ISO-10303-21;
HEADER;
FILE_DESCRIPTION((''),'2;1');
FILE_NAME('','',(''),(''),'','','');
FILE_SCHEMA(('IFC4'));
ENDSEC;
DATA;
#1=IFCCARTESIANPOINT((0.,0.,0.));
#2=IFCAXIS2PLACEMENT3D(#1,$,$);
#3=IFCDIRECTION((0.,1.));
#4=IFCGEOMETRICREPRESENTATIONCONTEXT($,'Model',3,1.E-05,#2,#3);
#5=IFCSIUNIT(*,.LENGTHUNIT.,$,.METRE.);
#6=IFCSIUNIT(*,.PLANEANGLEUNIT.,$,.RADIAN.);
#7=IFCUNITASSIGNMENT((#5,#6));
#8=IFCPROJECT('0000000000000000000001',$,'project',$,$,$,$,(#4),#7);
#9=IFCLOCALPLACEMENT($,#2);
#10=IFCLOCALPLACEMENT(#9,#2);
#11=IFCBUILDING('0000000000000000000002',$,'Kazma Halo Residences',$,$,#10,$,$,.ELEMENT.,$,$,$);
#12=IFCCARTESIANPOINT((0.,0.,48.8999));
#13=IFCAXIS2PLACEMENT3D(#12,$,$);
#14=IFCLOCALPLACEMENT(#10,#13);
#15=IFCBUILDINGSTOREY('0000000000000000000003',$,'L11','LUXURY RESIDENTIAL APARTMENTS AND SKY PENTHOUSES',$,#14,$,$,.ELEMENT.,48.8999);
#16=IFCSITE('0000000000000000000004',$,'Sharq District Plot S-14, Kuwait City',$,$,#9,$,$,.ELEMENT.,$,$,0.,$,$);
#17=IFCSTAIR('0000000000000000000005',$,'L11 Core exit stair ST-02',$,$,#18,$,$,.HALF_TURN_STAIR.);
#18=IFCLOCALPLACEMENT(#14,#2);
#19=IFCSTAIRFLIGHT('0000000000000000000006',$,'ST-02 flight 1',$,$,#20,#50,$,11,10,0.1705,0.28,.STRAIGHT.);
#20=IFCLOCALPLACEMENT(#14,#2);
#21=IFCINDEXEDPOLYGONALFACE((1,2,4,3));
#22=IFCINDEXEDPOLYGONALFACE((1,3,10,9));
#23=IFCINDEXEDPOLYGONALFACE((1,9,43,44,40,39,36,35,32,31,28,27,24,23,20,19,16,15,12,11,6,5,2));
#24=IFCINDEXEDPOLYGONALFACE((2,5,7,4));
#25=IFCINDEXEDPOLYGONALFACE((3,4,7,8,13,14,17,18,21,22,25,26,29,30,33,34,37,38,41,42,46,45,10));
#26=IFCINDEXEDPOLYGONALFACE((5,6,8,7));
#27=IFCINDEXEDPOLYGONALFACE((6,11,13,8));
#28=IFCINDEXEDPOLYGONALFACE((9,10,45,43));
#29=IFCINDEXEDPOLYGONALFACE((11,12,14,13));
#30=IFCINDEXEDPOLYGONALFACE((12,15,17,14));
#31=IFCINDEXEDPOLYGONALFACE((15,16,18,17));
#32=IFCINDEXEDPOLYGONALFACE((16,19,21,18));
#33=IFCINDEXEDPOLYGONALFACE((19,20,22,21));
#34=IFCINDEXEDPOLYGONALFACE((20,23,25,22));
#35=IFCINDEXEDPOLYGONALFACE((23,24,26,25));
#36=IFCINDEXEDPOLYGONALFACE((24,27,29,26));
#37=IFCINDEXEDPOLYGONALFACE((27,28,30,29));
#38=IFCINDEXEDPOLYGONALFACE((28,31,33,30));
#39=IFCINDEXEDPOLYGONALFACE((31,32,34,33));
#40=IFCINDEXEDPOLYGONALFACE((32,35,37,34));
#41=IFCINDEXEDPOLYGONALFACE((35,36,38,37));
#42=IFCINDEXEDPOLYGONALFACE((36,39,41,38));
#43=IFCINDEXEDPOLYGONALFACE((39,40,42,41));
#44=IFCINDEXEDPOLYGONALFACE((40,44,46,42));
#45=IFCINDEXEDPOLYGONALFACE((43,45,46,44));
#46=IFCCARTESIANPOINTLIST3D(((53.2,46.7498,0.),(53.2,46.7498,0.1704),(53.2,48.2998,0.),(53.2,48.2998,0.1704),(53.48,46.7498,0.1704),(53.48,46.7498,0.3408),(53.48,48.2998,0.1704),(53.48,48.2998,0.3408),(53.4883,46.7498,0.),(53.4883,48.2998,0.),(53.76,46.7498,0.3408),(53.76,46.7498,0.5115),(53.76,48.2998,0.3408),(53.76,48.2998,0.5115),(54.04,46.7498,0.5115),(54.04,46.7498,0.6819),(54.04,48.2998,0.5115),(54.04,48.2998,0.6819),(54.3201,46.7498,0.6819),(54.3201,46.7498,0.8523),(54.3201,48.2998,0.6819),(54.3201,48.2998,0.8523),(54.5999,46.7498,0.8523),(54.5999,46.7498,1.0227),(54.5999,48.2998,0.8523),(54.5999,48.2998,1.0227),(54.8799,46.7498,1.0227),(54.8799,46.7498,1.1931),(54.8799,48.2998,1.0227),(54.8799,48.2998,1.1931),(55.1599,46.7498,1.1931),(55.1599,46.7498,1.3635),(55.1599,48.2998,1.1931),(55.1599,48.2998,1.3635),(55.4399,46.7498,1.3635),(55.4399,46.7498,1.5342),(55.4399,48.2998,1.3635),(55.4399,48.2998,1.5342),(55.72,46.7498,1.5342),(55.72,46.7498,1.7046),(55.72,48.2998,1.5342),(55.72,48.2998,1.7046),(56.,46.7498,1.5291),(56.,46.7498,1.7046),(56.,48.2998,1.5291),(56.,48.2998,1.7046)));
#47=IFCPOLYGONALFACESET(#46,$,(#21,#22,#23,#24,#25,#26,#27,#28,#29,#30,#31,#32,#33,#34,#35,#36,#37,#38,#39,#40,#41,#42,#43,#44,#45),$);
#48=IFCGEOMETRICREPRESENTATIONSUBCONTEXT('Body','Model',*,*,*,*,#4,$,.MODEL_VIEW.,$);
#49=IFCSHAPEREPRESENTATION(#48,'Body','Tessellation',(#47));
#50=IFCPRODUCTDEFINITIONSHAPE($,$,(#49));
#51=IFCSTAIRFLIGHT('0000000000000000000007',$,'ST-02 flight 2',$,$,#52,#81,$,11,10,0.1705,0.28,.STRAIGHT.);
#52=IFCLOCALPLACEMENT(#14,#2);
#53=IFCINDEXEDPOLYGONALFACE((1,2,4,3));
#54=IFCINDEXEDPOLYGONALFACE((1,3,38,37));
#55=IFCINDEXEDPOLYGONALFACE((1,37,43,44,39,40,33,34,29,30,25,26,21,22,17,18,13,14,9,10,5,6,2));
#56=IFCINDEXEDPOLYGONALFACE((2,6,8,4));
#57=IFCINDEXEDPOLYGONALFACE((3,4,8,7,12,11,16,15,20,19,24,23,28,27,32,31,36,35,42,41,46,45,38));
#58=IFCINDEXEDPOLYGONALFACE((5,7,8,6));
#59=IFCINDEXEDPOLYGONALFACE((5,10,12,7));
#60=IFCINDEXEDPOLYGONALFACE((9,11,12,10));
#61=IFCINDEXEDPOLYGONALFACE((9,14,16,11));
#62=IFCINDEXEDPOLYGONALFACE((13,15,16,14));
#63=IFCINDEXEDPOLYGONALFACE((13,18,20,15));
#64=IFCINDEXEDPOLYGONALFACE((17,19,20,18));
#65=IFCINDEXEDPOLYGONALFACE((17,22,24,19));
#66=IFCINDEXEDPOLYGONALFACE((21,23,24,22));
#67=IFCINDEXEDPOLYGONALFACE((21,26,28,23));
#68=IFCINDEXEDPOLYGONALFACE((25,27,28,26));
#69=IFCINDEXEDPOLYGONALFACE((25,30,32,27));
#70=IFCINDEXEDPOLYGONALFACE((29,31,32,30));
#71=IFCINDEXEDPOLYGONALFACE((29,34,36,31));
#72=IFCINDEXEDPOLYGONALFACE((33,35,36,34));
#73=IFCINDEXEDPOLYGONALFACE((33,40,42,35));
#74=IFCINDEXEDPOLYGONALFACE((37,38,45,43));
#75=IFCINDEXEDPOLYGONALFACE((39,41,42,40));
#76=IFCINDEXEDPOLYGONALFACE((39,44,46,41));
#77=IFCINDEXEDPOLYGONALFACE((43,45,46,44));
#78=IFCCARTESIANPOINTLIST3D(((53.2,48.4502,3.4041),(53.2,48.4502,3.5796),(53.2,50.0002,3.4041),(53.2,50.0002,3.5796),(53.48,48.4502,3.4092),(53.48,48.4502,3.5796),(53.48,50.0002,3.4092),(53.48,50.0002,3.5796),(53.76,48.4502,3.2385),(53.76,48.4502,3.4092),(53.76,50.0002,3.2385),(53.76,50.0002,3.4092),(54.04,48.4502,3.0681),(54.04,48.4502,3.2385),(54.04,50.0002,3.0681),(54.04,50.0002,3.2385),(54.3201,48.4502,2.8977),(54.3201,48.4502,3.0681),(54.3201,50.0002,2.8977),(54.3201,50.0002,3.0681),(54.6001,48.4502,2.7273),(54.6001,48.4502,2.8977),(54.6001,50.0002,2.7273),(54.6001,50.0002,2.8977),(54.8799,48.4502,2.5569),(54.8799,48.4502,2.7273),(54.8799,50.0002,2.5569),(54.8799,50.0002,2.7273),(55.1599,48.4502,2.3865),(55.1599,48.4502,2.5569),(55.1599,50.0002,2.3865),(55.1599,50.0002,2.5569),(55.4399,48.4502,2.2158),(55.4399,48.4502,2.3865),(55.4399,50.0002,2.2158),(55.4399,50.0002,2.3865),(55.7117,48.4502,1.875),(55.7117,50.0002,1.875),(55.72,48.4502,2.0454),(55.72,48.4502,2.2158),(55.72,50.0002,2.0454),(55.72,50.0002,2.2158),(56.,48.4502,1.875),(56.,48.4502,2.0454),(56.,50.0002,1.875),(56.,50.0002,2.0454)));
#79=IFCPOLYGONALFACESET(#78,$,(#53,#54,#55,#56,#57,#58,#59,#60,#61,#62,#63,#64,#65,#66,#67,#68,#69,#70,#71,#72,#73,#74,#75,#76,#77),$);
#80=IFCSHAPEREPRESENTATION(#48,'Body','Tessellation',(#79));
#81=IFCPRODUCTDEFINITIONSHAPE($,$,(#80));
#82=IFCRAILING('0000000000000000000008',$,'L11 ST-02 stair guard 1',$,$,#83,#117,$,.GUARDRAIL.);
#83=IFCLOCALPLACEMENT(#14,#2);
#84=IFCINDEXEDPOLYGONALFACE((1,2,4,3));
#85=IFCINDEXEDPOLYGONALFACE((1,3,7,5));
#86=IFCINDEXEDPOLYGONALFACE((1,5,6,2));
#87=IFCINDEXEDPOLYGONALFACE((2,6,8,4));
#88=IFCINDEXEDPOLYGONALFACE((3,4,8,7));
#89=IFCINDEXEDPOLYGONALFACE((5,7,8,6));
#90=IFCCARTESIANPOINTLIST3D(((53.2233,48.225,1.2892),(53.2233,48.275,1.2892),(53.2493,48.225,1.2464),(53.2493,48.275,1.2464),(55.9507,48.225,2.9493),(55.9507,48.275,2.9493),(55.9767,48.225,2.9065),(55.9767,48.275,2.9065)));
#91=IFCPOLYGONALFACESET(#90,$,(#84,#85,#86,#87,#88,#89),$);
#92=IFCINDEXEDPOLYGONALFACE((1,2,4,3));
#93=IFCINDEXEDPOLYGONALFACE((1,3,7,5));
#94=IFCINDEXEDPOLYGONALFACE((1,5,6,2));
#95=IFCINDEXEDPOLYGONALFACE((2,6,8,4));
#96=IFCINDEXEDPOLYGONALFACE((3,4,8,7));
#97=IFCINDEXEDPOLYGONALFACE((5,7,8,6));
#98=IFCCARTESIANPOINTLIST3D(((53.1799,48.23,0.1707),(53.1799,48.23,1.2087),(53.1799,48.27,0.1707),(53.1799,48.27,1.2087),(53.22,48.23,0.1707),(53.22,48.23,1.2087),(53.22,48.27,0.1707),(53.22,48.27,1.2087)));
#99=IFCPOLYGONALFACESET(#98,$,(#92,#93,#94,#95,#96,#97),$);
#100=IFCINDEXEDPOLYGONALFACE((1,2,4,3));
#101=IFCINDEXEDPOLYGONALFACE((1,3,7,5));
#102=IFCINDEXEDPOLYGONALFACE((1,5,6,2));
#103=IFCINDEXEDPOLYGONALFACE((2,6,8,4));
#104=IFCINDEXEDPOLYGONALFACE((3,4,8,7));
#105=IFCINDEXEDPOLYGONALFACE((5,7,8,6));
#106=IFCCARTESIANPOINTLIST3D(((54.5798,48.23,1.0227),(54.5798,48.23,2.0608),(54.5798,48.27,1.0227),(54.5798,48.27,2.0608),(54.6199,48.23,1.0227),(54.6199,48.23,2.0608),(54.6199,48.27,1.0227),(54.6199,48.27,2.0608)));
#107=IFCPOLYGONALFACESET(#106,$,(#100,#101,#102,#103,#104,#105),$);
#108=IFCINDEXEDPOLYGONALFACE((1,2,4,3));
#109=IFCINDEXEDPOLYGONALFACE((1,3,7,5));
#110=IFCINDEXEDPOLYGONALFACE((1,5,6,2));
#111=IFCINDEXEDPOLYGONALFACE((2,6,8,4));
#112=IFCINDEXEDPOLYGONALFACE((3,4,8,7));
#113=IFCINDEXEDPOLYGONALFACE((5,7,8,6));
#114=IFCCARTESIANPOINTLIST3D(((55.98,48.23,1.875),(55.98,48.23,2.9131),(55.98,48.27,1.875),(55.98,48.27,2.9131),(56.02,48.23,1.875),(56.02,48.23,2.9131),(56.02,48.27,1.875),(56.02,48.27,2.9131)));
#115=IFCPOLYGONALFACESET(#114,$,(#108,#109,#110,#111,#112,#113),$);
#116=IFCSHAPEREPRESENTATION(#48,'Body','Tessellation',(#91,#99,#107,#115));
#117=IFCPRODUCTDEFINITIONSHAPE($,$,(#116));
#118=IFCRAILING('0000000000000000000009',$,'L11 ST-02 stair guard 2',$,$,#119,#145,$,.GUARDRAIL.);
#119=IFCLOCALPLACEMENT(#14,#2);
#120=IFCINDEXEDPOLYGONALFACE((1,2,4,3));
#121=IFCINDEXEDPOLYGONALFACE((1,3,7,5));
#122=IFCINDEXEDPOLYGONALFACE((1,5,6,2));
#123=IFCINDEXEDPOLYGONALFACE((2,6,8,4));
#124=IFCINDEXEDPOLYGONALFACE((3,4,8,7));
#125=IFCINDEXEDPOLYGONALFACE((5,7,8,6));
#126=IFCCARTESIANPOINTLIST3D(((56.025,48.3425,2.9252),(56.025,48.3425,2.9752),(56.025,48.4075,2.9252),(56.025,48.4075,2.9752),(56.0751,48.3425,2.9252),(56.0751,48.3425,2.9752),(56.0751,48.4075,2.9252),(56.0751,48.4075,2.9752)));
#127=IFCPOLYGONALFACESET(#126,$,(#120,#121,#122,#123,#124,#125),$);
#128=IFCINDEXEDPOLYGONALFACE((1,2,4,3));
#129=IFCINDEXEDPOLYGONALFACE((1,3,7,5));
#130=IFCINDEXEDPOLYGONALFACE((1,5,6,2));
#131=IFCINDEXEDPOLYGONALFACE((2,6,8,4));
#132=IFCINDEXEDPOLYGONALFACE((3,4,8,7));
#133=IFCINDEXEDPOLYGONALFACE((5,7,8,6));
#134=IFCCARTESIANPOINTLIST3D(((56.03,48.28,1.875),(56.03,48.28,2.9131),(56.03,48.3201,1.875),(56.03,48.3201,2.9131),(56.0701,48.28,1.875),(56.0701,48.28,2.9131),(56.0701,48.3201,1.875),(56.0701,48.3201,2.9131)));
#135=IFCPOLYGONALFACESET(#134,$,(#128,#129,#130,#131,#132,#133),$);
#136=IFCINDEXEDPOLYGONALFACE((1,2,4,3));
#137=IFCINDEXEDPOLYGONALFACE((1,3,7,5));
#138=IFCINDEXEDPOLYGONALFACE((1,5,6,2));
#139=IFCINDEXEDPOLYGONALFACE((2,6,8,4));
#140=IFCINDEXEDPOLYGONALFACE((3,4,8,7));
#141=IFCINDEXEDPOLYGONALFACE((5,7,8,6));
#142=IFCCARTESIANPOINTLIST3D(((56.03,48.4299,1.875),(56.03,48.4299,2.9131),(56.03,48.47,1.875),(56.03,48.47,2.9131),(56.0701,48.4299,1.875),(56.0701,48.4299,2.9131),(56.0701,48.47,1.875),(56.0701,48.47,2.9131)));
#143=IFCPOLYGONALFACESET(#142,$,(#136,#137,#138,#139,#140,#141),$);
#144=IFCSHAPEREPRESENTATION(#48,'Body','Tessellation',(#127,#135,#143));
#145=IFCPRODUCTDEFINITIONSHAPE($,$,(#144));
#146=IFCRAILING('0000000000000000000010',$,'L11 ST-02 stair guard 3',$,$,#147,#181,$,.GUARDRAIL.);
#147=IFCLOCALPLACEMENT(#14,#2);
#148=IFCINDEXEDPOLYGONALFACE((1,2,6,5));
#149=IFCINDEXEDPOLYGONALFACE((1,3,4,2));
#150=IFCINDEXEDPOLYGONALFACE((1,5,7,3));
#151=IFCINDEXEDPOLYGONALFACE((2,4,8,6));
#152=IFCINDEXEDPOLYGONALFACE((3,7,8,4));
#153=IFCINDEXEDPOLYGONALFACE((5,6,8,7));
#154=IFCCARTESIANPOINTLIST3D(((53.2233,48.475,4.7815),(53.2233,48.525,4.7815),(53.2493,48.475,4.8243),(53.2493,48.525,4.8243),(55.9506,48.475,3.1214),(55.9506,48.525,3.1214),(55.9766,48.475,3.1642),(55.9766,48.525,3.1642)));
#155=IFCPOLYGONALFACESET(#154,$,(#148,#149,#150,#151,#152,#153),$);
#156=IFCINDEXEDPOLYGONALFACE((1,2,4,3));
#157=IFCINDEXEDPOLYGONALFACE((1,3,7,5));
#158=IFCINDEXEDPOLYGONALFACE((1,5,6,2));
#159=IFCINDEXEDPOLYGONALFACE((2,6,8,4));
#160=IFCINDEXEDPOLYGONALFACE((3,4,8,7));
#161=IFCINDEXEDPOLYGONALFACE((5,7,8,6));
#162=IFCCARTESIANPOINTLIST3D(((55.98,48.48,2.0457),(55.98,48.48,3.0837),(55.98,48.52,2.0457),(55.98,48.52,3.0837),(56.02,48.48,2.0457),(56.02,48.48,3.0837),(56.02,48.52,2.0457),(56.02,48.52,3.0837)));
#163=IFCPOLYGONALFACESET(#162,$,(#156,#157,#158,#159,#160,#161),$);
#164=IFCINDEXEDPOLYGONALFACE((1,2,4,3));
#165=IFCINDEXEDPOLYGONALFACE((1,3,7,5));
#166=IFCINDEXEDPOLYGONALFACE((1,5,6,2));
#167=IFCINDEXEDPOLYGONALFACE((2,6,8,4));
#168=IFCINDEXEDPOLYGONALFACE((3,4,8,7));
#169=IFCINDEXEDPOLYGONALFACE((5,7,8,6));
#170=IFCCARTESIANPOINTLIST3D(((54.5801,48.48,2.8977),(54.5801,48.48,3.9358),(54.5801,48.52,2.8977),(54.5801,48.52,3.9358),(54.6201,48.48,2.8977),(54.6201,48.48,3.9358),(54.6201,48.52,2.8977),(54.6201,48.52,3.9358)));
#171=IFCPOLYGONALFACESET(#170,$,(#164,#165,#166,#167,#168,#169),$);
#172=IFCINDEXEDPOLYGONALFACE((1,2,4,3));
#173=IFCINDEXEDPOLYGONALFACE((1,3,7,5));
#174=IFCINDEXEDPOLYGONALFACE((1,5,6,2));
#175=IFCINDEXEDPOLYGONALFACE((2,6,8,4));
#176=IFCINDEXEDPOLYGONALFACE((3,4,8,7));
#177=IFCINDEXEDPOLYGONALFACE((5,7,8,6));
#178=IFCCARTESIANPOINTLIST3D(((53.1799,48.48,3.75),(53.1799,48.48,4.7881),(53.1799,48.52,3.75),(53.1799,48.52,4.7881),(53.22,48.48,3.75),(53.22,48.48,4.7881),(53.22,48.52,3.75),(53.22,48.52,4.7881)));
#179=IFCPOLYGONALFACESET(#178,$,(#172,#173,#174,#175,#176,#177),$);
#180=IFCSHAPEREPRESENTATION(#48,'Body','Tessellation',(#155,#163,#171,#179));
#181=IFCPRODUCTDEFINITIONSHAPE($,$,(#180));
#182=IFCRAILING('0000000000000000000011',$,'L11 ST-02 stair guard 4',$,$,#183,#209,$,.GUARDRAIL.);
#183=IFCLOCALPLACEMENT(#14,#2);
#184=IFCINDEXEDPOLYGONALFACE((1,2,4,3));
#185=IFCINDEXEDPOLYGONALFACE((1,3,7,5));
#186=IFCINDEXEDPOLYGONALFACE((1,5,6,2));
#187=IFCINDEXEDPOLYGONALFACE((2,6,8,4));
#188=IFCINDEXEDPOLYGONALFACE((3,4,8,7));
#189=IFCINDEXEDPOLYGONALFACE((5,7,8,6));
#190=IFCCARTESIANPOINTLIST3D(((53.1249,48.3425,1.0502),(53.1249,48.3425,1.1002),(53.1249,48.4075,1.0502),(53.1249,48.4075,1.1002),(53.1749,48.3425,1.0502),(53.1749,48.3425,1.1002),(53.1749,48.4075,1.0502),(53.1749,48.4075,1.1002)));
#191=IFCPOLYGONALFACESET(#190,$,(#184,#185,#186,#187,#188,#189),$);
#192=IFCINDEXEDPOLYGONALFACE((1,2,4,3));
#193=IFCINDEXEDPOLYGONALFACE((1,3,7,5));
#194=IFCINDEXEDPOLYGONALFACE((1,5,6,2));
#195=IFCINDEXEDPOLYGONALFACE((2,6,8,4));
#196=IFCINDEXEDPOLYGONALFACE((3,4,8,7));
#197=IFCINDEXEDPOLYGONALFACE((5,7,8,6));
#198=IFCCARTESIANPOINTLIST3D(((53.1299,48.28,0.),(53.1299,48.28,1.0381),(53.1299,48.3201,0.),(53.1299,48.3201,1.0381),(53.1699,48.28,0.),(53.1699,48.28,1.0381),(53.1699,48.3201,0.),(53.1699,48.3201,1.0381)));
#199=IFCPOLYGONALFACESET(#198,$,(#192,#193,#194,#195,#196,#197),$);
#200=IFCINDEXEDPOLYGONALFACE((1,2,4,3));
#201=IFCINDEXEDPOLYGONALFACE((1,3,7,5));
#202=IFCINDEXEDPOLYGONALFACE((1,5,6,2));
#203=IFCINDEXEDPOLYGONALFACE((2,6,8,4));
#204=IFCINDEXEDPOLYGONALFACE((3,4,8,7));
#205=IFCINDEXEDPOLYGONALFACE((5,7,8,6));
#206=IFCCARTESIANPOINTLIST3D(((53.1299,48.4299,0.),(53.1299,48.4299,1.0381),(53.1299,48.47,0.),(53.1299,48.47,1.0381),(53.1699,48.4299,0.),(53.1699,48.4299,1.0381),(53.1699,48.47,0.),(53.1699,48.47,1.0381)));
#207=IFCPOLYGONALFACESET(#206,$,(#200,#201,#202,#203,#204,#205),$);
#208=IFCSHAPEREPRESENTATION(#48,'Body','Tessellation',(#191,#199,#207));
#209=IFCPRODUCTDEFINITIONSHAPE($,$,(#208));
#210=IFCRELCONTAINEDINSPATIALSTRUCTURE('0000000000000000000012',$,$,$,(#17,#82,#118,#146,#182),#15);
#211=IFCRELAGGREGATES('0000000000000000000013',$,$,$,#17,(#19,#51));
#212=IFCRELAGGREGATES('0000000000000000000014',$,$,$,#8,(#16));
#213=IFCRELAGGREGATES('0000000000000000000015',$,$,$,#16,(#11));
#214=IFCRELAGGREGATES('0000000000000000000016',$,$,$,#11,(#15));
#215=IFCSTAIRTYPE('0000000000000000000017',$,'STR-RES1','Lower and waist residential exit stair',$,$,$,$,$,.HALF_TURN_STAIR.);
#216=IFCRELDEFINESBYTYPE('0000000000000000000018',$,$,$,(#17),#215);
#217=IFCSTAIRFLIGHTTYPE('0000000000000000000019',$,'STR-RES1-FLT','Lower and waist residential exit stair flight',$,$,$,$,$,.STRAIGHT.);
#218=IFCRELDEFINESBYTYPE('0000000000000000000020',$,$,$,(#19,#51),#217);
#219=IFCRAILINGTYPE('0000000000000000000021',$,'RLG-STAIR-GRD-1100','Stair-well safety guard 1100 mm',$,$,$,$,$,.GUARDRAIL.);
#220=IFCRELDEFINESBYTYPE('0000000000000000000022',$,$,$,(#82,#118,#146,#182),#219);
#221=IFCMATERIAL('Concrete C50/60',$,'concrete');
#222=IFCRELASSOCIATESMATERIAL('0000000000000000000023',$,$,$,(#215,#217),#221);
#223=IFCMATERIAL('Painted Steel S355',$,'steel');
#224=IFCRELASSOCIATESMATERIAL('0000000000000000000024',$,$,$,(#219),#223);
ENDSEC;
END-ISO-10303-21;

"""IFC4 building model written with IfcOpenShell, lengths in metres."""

from ifc_helpers import new_model, si_unit, direction, frame, origin, origin_2d, place, context, subcontext, project, spatial, polyline, rectangle, outline, extrude, material, type_object, element, aggregate, save


model = new_model("IFC4")

# Units and contexts
model_context = context("Model", 3, precision=1e-05, world=origin(), true_north=direction((0.0, 1.0)))
body_context = subcontext(model_context, "Body", "Model", "MODEL_VIEW")
ifc_project = project(units=[si_unit("LENGTHUNIT", "METRE"), si_unit("PLANEANGLEUNIT", "RADIAN")], contexts=[model_context])

# Site, building, storey
site_placement = place(None, origin())
site = spatial("IfcSite", under=ifc_project, at=site_placement, Name="Sharq District Plot S-14, Kuwait City", CompositionType="ELEMENT", RefElevation=0.0)
building_placement = place(site_placement, origin())
building = spatial("IfcBuilding", under=site, at=building_placement, Name="Kazma Halo Residences", CompositionType="ELEMENT")
storey_placement = place(building_placement, frame((0.0, 0.0, 48.8999)))
storey = spatial("IfcBuildingStorey", under=building, at=storey_placement, Name="L11", Description="LUXURY RESIDENTIAL APARTMENTS AND SKY PENTHOUSES", CompositionType="ELEMENT", Elevation=48.8999)

# Shared definitions
ifc_material_1 = material(Name="Concrete C50/60", Category="concrete")

# Stair, stair flights
stair_type = type_object("IfcStairType", Name="STR-RES1", Description="Lower and waist residential exit stair", PredefinedType="HALF_TURN_STAIR", material=ifc_material_1)
stair_placement = place(storey_placement, origin())
stair = element("IfcStair", 1, at=stair_placement, inside=storey, type_object=stair_type, Name="L11 Core exit stair ST-02", PredefinedType="HALF_TURN_STAIR")
stair_flight_type = type_object("IfcStairFlightType", Name="STR-RES1-FLT", Description="Lower and waist residential exit stair flight", PredefinedType="STRAIGHT", material=ifc_material_1)
stair_flight_1_placement = place(storey_placement, frame((53.2, 47.5249, 0.0), z_axis=(0.0, 0.0, 1.0), x_axis=(1.0, 0.0, 0.0)))
stair_flight_1 = element("IfcStairFlight", 2, at=stair_flight_1_placement, type_object=stair_flight_type, Name="ST-02 flight 1", NumberOfRisers=11, NumberOfTreads=10, PredefinedType="STRAIGHT", RiserHeight=0.1705, TreadLength=0.28, context=body_context, shape_type="SweptSolid", body=[
    extrude(outline(polyline([(0.0, 0.0), (0.0, 0.1704), (0.28, 0.1704), (0.28, 0.3408), (0.5601, 0.3408), (0.5601, 0.5115), (0.8401, 0.5115), (0.8401, 0.6819), (1.1201, 0.6819), (1.1201, 0.8523), (1.3999, 0.8523), (1.3999, 1.0227), (1.6799, 1.0227), (1.6799, 1.1931), (1.96, 1.1931), (1.96, 1.3635), (2.24, 1.3635), (2.24, 1.5342), (2.52, 1.5342), (2.52, 1.7046), (2.8, 1.7046), (2.8, 1.875), (2.8, 1.5291), (0.2883, 0.0), (0.0, 0.0)])), frame((0.0, 0.7749, 0.0), z_axis=(0.0, -1.0, 0.0), x_axis=(1.0, 0.0, 0.0)), (0.0, 0.0, 1.0), 1.55),
])
stair_flight_2_placement = place(storey_placement, frame((56.0, 49.2251, 1.875), z_axis=(0.0, 0.0, 1.0), x_axis=(-1.0, 0.0, 0.0)))
stair_flight_2 = element("IfcStairFlight", 3, at=stair_flight_2_placement, type_object=stair_flight_type, Name="ST-02 flight 2", NumberOfRisers=11, NumberOfTreads=10, PredefinedType="STRAIGHT", RiserHeight=0.1705, TreadLength=0.28, context=body_context, shape_type="SweptSolid", body=[
    extrude(outline(polyline([(0.0, 0.0), (0.0, 0.1704), (0.28, 0.1704), (0.28, 0.3408), (0.5601, 0.3408), (0.5601, 0.5115), (0.8401, 0.5115), (0.8401, 0.6819), (1.1201, 0.6819), (1.1201, 0.8523), (1.3999, 0.8523), (1.3999, 1.0227), (1.6799, 1.0227), (1.6799, 1.1931), (1.96, 1.1931), (1.96, 1.3635), (2.24, 1.3635), (2.24, 1.5342), (2.52, 1.5342), (2.52, 1.7046), (2.8, 1.7046), (2.8, 1.875), (2.8, 1.5291), (0.2883, 0.0), (0.0, 0.0)])), frame((0.0, 0.7749, 0.0), z_axis=(0.0, -1.0, 0.0), x_axis=(1.0, 0.0, 0.0)), (0.0, 0.0, 1.0), 1.55),
])
aggregate(stair, [stair_flight_1, stair_flight_2])

# Railings
ifc_material_2 = material(Name="Painted Steel S355", Category="steel")
railing_type_1 = type_object("IfcRailingType", Name="RLG-STAIR-GRD-1100", Description="Stair-well safety guard 1100 mm", PredefinedType="GUARDRAIL", material=ifc_material_2)
railing_1_placement = place(storey_placement, frame((53.2, 48.25, 0.1707)))
element("IfcRailing", 4, at=railing_1_placement, inside=storey, type_object=railing_type_1, Name="L11 ST-02 stair guard 1", PredefinedType="GUARDRAIL", context=body_context, shape_type="SweptSolid", body=[
    extrude(rectangle(XDim=0.05, YDim=0.05, at=origin_2d()), frame((0.0364, 0.0, 1.0972), z_axis=(0.854203, 0.0, 0.51994), x_axis=(0.0, 1.0, 0.0)), (0.0, 0.0, 1.0), 3.1929),
    extrude(rectangle(XDim=0.04, YDim=0.04, at=origin_2d()), origin(), (0.0, 0.0, 1.0), 1.0381),
    extrude(rectangle(XDim=0.04, YDim=0.04, at=origin_2d()), frame((1.3999, 0.0, 0.8521)), (0.0, 0.0, 1.0), 1.0381),
    extrude(rectangle(XDim=0.04, YDim=0.04, at=origin_2d()), frame((2.8, 0.0, 1.7043)), (0.0, 0.0, 1.0), 1.0381),
])
railing_2_placement = place(storey_placement, frame((56.05, 48.3, 1.875)))
element("IfcRailing", 5, at=railing_2_placement, inside=storey, type_object=railing_type_1, Name="L11 ST-02 stair guard 2", PredefinedType="GUARDRAIL", context=body_context, shape_type="SweptSolid", body=[
    extrude(rectangle(XDim=0.05, YDim=0.05, at=origin_2d()), frame((0.0, 0.0425, 1.0752), z_axis=(0.0, 1.0, 0.0), x_axis=(-1.0, 0.0, 0.0)), (0.0, 0.0, 1.0), 0.0649),
    extrude(rectangle(XDim=0.04, YDim=0.04, at=origin_2d()), origin(), (0.0, 0.0, 1.0), 1.0381),
    extrude(rectangle(XDim=0.04, YDim=0.04, at=origin_2d()), frame((0.0, 0.1499, 0.0)), (0.0, 0.0, 1.0), 1.0381),
])
railing_3_placement = place(storey_placement, frame((56.0, 48.5, 2.0457)))
element("IfcRailing", 6, at=railing_3_placement, inside=storey, type_object=railing_type_1, Name="L11 ST-02 stair guard 3", PredefinedType="GUARDRAIL", context=body_context, shape_type="SweptSolid", body=[
    extrude(rectangle(XDim=0.05, YDim=0.05, at=origin_2d()), frame((-0.0364, 0.0, 1.0972), z_axis=(-0.854203, 0.0, 0.51994), x_axis=(0.0, -1.0, 0.0)), (0.0, 0.0, 1.0), 3.1929),
    extrude(rectangle(XDim=0.04, YDim=0.04, at=origin_2d()), origin(), (0.0, 0.0, 1.0), 1.0381),
    extrude(rectangle(XDim=0.04, YDim=0.04, at=origin_2d()), frame((-1.3999, 0.0, 0.8521)), (0.0, 0.0, 1.0), 1.0381),
    extrude(rectangle(XDim=0.04, YDim=0.04, at=origin_2d()), frame((-2.8, 0.0, 1.7043)), (0.0, 0.0, 1.0), 1.0381),
])
railing_4_placement = place(storey_placement, frame((53.1499, 48.3, 0.0)))
element("IfcRailing", 7, at=railing_4_placement, inside=storey, type_object=railing_type_1, Name="L11 ST-02 stair guard 4", PredefinedType="GUARDRAIL", context=body_context, shape_type="SweptSolid", body=[
    extrude(rectangle(XDim=0.05, YDim=0.05, at=origin_2d()), frame((0.0, 0.0425, 1.0752), z_axis=(0.0, 1.0, 0.0), x_axis=(-1.0, 0.0, 0.0)), (0.0, 0.0, 1.0), 0.0649),
    extrude(rectangle(XDim=0.04, YDim=0.04, at=origin_2d()), origin(), (0.0, 0.0, 1.0), 1.0381),
    extrude(rectangle(XDim=0.04, YDim=0.04, at=origin_2d()), frame((0.0, 0.1499, 0.0)), (0.0, 0.0, 1.0), 1.0381),
])

save(model, "model.ifc")
